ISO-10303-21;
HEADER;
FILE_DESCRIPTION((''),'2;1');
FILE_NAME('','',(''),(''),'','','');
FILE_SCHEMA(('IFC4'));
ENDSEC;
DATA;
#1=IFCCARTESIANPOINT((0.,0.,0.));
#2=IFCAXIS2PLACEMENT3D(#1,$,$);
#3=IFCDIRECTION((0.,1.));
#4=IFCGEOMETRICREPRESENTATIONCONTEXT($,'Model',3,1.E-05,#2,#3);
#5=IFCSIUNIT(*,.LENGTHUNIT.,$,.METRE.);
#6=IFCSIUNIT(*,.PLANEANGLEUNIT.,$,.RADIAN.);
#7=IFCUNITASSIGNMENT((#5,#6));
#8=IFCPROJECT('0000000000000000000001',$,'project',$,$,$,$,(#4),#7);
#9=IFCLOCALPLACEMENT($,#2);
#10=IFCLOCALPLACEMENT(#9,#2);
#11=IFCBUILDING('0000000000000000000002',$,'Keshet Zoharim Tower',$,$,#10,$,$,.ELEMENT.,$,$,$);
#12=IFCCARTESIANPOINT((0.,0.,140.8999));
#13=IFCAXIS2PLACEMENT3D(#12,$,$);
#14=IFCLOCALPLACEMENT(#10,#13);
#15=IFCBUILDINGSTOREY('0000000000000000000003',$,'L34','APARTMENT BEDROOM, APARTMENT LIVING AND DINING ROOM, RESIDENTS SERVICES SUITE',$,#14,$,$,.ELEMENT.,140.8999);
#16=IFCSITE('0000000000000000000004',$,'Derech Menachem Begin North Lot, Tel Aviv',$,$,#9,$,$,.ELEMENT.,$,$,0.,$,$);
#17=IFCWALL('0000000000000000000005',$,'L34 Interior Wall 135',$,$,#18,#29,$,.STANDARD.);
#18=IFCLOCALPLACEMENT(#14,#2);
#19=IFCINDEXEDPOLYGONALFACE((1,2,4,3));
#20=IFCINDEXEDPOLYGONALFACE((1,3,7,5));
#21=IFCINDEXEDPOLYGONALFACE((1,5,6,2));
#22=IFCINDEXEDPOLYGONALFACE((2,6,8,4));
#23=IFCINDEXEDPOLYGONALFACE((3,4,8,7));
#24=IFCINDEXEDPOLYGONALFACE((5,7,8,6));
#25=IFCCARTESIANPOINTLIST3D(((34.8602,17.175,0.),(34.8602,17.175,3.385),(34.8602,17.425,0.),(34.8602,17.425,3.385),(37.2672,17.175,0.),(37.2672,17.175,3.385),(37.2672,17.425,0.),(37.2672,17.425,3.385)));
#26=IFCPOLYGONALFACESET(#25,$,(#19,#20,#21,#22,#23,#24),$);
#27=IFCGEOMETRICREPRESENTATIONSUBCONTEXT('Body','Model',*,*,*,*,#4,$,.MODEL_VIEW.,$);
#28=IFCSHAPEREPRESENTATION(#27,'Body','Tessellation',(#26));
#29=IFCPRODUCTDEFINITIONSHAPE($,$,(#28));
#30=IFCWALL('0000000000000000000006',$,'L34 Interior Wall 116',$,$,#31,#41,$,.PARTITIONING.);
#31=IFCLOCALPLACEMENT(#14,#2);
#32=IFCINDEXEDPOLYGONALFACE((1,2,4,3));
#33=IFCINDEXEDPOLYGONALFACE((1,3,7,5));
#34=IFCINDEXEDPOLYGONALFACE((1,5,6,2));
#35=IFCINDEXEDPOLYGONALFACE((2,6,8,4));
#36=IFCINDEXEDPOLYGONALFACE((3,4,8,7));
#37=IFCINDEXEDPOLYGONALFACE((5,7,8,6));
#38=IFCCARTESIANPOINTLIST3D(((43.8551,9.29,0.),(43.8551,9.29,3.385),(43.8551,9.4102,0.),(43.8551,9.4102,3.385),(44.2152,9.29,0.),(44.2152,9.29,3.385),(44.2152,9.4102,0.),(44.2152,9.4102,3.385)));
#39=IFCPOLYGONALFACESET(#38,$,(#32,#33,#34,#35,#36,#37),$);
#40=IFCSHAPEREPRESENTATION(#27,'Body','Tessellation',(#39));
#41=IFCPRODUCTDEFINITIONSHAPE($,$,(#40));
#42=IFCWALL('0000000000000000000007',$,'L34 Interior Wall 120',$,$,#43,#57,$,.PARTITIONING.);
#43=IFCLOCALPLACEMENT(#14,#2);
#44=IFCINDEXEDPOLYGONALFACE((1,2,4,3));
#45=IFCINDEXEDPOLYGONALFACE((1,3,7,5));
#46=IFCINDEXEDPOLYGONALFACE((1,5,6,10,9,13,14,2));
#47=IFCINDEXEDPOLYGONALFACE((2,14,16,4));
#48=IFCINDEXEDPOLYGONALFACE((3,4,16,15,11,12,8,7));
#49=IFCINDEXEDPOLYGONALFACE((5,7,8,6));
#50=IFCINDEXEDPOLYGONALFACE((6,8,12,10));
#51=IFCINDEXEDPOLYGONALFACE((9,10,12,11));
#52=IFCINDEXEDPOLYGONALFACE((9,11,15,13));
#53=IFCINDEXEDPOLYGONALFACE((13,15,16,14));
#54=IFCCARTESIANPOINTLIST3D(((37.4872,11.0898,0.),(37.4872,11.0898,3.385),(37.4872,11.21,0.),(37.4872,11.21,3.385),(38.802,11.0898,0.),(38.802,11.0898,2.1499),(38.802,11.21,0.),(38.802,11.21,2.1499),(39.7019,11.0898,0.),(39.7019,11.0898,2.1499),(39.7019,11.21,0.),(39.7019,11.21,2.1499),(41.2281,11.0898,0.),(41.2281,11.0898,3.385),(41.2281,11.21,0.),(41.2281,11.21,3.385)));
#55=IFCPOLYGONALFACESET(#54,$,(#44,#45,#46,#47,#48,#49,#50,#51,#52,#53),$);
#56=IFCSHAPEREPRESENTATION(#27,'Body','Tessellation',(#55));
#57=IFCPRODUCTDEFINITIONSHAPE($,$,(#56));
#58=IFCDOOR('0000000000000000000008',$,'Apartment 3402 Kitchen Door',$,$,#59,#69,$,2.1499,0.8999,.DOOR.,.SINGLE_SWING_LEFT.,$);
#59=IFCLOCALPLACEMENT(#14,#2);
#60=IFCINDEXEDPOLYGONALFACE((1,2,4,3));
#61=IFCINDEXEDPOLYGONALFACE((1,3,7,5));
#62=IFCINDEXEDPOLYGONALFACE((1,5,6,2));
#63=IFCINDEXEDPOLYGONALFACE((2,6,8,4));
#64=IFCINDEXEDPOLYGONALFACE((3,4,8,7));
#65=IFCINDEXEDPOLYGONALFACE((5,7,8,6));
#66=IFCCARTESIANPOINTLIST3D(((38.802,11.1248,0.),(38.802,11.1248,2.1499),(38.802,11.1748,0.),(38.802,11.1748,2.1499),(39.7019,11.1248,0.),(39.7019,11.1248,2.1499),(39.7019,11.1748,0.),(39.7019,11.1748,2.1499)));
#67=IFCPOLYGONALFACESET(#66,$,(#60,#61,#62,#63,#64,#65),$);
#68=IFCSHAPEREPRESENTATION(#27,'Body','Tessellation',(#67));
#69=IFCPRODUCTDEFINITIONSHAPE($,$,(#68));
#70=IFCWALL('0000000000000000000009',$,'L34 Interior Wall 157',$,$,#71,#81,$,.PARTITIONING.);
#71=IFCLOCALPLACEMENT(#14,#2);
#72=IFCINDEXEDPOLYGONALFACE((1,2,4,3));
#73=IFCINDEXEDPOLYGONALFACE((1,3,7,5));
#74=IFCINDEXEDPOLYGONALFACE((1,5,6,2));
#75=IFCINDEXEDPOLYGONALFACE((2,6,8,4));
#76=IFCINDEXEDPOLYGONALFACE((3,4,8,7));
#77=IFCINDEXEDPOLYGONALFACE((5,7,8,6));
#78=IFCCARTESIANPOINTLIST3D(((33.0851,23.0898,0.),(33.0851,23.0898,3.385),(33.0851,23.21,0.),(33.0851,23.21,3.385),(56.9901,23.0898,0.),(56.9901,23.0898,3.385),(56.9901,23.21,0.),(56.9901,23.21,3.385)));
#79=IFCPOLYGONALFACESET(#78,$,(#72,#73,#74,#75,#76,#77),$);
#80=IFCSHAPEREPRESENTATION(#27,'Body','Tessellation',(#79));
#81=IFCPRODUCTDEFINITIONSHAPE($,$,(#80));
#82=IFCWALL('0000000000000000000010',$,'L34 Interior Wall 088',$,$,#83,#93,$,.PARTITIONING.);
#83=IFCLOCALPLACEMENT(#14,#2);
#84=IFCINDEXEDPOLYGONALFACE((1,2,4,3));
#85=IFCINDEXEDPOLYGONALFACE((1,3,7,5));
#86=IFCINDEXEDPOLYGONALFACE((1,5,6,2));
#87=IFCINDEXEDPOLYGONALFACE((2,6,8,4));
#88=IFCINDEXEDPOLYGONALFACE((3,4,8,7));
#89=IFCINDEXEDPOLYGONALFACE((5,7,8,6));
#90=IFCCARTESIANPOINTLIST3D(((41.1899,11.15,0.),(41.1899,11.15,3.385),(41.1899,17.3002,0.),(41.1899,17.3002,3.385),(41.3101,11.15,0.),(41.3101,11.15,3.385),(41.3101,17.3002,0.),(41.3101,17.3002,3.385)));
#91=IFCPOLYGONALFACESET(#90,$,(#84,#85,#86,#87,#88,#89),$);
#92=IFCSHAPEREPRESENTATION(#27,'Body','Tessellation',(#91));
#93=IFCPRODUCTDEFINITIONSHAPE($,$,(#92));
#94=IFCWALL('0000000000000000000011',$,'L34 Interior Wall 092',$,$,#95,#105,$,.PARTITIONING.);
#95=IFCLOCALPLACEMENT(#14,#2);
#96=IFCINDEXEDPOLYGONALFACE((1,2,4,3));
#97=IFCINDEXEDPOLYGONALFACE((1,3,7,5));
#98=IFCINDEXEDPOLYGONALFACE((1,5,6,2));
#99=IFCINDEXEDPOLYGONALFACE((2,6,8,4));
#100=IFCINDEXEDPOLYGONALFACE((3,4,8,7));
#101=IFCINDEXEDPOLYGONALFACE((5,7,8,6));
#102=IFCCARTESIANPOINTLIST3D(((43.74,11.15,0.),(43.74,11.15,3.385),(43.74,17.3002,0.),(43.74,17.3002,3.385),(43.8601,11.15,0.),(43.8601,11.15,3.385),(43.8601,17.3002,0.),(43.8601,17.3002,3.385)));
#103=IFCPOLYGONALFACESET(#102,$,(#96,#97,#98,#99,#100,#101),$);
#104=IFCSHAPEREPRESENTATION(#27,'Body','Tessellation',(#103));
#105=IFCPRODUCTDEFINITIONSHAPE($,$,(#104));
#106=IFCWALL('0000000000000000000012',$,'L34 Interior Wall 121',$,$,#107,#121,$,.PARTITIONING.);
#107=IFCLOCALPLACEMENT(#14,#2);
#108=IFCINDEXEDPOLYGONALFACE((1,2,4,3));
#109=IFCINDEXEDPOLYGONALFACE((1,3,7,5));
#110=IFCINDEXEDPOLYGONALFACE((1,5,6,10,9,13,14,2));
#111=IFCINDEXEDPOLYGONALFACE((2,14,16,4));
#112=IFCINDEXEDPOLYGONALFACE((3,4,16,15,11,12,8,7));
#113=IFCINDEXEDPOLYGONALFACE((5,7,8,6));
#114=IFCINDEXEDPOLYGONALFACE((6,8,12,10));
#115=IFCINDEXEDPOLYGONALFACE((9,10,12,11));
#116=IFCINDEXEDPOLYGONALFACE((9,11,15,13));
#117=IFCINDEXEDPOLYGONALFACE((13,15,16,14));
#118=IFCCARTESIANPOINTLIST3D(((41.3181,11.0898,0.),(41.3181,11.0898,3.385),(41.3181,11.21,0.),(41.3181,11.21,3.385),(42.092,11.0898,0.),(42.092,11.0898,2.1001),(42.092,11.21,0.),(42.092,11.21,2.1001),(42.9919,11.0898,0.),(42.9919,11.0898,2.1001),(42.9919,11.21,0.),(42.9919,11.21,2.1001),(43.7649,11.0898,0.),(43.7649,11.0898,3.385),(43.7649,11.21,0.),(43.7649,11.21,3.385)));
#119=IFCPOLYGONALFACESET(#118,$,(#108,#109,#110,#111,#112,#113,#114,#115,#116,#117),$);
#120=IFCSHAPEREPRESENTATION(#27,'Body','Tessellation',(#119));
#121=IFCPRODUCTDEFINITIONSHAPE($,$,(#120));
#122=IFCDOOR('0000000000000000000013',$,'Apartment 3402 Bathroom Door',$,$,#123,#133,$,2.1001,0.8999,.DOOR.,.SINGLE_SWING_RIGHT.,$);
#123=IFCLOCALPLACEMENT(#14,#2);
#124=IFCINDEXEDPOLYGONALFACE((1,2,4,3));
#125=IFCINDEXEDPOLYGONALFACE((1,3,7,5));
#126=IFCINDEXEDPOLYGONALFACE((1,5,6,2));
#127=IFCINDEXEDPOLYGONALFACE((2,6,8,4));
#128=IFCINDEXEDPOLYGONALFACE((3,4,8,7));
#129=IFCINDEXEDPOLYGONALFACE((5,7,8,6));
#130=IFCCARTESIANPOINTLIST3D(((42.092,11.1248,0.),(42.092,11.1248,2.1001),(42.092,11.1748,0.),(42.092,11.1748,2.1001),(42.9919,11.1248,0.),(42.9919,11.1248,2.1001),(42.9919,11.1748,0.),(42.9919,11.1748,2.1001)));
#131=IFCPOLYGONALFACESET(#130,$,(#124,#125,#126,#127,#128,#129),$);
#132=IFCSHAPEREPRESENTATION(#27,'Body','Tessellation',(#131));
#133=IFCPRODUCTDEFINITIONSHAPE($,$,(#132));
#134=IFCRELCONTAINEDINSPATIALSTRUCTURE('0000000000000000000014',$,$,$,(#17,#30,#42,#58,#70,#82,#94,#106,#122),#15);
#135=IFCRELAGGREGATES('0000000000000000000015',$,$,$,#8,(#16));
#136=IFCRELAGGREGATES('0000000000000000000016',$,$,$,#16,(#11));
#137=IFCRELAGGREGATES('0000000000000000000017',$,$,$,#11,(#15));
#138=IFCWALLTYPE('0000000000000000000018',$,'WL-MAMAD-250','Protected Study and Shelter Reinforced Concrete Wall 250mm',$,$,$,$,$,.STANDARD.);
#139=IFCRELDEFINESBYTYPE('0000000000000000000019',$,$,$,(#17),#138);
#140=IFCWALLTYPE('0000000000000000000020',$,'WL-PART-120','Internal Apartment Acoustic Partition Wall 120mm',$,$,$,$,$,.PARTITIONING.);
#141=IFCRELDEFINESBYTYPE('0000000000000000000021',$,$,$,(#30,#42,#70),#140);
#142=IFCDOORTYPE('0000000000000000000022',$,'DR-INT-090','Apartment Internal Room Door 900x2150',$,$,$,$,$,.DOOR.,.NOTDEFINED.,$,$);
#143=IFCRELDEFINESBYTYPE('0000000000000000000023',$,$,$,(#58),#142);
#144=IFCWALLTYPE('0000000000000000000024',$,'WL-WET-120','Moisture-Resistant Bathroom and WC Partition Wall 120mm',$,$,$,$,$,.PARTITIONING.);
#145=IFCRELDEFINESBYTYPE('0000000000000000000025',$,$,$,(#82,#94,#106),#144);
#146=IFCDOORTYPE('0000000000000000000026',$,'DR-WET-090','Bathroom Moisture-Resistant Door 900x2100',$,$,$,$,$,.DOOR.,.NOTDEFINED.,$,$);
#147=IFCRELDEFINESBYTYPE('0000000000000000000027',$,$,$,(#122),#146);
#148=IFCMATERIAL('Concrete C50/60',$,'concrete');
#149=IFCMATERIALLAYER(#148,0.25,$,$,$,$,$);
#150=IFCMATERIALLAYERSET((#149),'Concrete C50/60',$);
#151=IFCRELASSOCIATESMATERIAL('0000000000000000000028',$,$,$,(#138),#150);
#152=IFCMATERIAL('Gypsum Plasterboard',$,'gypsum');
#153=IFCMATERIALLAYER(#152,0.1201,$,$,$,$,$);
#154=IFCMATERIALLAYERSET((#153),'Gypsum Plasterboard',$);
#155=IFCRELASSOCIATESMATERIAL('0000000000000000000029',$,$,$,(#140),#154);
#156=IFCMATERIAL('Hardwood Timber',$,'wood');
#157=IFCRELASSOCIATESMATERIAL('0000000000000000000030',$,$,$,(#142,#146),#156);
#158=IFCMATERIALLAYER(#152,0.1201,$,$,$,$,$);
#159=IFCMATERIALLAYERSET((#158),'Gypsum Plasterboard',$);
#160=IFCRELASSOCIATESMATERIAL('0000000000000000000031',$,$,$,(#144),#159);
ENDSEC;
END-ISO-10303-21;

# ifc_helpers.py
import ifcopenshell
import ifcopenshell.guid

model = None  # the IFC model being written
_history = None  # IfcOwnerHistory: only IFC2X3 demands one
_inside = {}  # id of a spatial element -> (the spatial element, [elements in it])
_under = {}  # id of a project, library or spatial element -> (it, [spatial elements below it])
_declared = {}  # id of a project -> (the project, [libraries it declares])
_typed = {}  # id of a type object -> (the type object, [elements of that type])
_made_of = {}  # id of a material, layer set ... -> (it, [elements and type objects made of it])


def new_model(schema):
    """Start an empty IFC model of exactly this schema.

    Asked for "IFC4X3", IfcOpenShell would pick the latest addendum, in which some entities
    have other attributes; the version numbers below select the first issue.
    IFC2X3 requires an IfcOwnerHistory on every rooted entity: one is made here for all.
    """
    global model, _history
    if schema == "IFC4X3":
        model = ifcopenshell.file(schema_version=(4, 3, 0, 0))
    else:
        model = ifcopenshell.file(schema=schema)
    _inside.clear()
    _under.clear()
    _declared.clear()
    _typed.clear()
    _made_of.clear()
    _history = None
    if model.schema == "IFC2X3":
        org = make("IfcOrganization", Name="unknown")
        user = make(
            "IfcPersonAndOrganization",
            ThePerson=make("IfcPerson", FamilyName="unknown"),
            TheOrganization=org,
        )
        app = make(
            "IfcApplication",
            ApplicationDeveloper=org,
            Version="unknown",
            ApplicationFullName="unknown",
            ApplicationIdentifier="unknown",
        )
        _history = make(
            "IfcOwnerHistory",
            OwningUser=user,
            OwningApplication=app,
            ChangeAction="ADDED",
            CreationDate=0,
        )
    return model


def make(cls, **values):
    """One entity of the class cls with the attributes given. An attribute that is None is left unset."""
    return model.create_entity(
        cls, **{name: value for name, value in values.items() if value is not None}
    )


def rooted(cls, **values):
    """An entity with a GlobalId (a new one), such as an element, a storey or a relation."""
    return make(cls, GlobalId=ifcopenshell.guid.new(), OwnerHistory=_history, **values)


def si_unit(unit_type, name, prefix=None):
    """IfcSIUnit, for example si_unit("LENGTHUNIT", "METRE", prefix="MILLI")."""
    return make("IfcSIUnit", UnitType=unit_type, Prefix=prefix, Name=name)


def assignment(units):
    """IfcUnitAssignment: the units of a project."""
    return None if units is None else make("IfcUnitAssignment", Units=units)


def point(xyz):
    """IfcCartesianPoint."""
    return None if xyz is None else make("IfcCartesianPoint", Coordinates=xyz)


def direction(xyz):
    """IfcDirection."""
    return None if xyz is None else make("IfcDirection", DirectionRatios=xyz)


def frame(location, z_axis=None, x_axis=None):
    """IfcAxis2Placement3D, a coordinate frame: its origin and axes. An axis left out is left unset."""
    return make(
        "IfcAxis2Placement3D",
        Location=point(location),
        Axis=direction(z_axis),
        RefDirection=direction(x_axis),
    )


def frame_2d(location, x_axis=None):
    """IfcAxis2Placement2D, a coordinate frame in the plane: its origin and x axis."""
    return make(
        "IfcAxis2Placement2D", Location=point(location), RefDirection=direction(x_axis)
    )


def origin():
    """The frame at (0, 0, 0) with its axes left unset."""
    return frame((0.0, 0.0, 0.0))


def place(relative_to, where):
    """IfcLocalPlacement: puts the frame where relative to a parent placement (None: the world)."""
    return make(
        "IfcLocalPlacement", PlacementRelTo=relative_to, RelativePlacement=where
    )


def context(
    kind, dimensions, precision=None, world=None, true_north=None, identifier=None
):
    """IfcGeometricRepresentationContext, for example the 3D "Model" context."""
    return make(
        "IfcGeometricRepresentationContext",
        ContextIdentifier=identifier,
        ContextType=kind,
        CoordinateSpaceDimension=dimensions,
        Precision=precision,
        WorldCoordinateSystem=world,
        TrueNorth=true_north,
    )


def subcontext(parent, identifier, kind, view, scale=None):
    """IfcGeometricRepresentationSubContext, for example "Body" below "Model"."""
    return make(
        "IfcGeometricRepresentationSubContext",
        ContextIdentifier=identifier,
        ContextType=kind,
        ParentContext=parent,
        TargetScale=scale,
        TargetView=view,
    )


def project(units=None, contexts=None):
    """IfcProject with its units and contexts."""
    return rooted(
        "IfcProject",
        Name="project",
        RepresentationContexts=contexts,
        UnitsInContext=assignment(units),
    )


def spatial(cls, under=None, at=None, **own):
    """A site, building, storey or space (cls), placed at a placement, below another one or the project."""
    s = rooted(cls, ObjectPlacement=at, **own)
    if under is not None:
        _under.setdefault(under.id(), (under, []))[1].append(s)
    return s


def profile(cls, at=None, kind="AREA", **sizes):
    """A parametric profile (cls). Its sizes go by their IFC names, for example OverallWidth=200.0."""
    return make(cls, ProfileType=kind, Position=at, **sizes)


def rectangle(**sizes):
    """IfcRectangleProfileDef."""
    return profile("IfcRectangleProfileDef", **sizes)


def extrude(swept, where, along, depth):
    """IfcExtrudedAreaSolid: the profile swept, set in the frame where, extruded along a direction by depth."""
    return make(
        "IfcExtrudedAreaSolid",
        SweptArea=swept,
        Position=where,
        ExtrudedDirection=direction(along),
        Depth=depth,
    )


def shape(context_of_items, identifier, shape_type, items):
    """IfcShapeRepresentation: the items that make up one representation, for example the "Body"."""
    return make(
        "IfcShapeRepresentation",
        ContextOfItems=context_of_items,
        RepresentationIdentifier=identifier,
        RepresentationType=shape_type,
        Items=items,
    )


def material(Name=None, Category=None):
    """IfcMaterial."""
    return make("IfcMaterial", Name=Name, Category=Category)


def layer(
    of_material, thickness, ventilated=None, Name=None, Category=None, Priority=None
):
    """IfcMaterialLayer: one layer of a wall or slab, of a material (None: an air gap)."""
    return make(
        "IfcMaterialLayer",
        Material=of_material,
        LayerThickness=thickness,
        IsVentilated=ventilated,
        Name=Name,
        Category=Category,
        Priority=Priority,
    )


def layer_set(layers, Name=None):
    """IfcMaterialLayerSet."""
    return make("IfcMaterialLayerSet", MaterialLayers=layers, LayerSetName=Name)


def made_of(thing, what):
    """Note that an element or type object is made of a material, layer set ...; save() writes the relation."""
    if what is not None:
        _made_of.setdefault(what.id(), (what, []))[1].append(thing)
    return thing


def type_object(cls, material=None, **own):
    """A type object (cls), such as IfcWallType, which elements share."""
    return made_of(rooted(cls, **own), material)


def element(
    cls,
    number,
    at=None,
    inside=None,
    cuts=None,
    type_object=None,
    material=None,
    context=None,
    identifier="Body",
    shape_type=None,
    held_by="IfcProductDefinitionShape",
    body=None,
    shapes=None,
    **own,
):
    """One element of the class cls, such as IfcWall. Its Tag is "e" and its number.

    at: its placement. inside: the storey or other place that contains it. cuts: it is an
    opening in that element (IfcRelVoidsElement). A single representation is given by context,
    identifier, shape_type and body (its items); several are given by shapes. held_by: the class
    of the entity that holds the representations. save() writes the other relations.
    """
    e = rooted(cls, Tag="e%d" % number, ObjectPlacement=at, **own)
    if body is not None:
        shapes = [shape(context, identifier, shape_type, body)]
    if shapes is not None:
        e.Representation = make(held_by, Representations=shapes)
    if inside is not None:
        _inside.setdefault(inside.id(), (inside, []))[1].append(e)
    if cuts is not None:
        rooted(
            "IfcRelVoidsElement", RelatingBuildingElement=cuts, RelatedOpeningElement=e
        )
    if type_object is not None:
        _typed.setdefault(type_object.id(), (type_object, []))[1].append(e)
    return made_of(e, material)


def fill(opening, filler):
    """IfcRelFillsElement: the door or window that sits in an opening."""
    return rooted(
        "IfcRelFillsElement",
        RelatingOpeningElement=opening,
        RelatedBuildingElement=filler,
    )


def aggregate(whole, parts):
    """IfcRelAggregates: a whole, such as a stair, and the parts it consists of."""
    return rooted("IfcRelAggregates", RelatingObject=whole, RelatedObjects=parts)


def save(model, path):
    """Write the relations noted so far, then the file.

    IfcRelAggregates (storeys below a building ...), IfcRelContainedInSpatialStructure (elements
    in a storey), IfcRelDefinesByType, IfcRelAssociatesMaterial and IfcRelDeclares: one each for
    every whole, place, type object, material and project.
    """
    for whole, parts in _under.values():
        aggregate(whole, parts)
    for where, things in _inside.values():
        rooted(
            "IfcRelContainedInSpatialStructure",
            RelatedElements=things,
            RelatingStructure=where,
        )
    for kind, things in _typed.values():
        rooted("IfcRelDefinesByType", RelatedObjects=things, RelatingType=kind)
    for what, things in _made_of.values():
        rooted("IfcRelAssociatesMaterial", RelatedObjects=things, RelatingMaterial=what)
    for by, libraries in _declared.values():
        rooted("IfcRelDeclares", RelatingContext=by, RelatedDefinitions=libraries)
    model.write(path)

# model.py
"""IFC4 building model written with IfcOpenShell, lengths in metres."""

from ifc_helpers import new_model, si_unit, direction, frame, frame_2d, origin, place, context, subcontext, project, spatial, rectangle, extrude, material, layer, layer_set, type_object, element, fill, save


model = new_model("IFC4")

# Units and contexts
model_context = context("Model", 3, precision=1e-05, world=origin(), true_north=direction((0.0, 1.0)))
body_context = subcontext(model_context, "Body", "Model", "MODEL_VIEW")
ifc_project = project(units=[si_unit("LENGTHUNIT", "METRE"), si_unit("PLANEANGLEUNIT", "RADIAN")], contexts=[model_context])

# Site, building, storey
site_placement = place(None, origin())
site = spatial("IfcSite", under=ifc_project, at=site_placement, Name="Derech Menachem Begin North Lot, Tel Aviv", CompositionType="ELEMENT", RefElevation=0.0)
building_placement = place(site_placement, origin())
building = spatial("IfcBuilding", under=site, at=building_placement, Name="Keshet Zoharim Tower", CompositionType="ELEMENT")
storey_placement = place(building_placement, frame((0.0, 0.0, 140.8999)))
storey = spatial("IfcBuildingStorey", under=building, at=storey_placement, Name="L34", Description="APARTMENT BEDROOM, APARTMENT LIVING AND DINING ROOM, RESIDENTS SERVICES SUITE", CompositionType="ELEMENT", Elevation=140.8999)

# Shared definitions
ifc_material_1 = material(Name="Gypsum Plasterboard", Category="gypsum")
ifc_material_2 = material(Name="Hardwood Timber", Category="wood")

# Shared definitions
ifc_material_3 = material(Name="Concrete C50/60", Category="concrete")
ifc_layer_1 = layer(ifc_material_3, 0.25)
ifc_layer_set_1 = layer_set([ifc_layer_1], Name="Concrete C50/60")
wall_type_1 = type_object("IfcWallType", Name="WL-MAMAD-250", Description="Protected Study and Shelter Reinforced Concrete Wall 250mm", PredefinedType="STANDARD", material=ifc_layer_set_1)

# Walls
wall_1_placement = place(storey_placement, frame((34.8601, 17.3, 0.0), z_axis=(0.0, 0.0, 1.0), x_axis=(1.0, 0.0, 0.0)))
element("IfcWall", 1, at=wall_1_placement, inside=storey, type_object=wall_type_1, Name="L34 Interior Wall 135", PredefinedType="STANDARD", context=body_context, shape_type="SweptSolid", body=[
    extrude(rectangle(XDim=2.407, YDim=0.25, at=frame_2d((1.2036, 0.0))), origin(), (0.0, 0.0, 1.0), 3.385),
])
ifc_layer_2 = layer(ifc_material_1, 0.1201)
ifc_layer_set_2 = layer_set([ifc_layer_2], Name="Gypsum Plasterboard")
wall_type_2 = type_object("IfcWallType", Name="WL-PART-120", Description="Internal Apartment Acoustic Partition Wall 120mm", PredefinedType="PARTITIONING", material=ifc_layer_set_2)
wall_2_placement = place(storey_placement, frame((43.855, 9.3501, 0.0), z_axis=(0.0, 0.0, 1.0), x_axis=(1.0, 0.0, 0.0)))
element("IfcWall", 2, at=wall_2_placement, inside=storey, type_object=wall_type_2, Name="L34 Interior Wall 116", PredefinedType="PARTITIONING", context=body_context, shape_type="SweptSolid", body=[
    extrude(rectangle(XDim=0.3601, YDim=0.1201, at=frame_2d((0.1802, 0.0))), origin(), (0.0, 0.0, 1.0), 3.385),
])

# Wall, opening, door
wall_3_placement = place(storey_placement, frame((37.4871, 11.1499, 0.0), z_axis=(0.0, 0.0, 1.0), x_axis=(1.0, 0.0, 0.0)))
wall_3 = element("IfcWall", 3, at=wall_3_placement, inside=storey, type_object=wall_type_2, Name="L34 Interior Wall 120", PredefinedType="PARTITIONING", context=body_context, shape_type="SweptSolid", body=[
    extrude(rectangle(XDim=3.741, YDim=0.1201, at=frame_2d((1.8706, 0.0))), origin(), (0.0, 0.0, 1.0), 3.385),
])
opening_1_placement = place(wall_3_placement, frame((1.3149, 0.0, 0.0)))
opening_1 = element("IfcOpeningElement", 4, at=opening_1_placement, cuts=wall_3, PredefinedType="OPENING", context=body_context, shape_type="SweptSolid", body=[
    extrude(rectangle(XDim=0.8999, YDim=2.1499, at=frame_2d((0.45, 1.075))), frame((0.0, 0.0701, 0.0), z_axis=(0.0, -1.0, 0.0), x_axis=(1.0, 0.0, 0.0)), (0.0, 0.0, 1.0), 0.1401),
])
door_type_1 = type_object("IfcDoorType", Name="DR-INT-090", Description="Apartment Internal Room Door 900x2150", OperationType="NOTDEFINED", PredefinedType="DOOR", material=ifc_material_2)
door_1_placement = place(opening_1_placement, origin())
door_1 = element("IfcDoor", 5, at=door_1_placement, inside=storey, type_object=door_type_1, Name="Apartment 3402 Kitchen Door", OperationType="SINGLE_SWING_LEFT", OverallHeight=2.1499, OverallWidth=0.8999, PredefinedType="DOOR", context=body_context, shape_type="SweptSolid", body=[
    extrude(rectangle(XDim=0.8999, YDim=2.1499, at=frame_2d((0.45, 1.075))), frame((0.0, 0.0249, 0.0), z_axis=(0.0, -1.0, 0.0), x_axis=(1.0, 0.0, 0.0)), (0.0, 0.0, 1.0), 0.05),
])
fill(opening_1, door_1)

# Walls
wall_4_placement = place(storey_placement, frame((33.085, 23.1499, 0.0), z_axis=(0.0, 0.0, 1.0), x_axis=(1.0, 0.0, 0.0)))
element("IfcWall", 6, at=wall_4_placement, inside=storey, type_object=wall_type_2, Name="L34 Interior Wall 157", PredefinedType="PARTITIONING", context=body_context, shape_type="SweptSolid", body=[
    extrude(rectangle(XDim=23.905, YDim=0.1201, at=frame_2d((11.9526, 0.0))), origin(), (0.0, 0.0, 1.0), 3.385),
])
ifc_layer_3 = layer(ifc_material_1, 0.1201)
ifc_layer_set_3 = layer_set([ifc_layer_3], Name="Gypsum Plasterboard")
wall_type_3 = type_object("IfcWallType", Name="WL-WET-120", Description="Moisture-Resistant Bathroom and WC Partition Wall 120mm", PredefinedType="PARTITIONING", material=ifc_layer_set_3)
for number, where, z_axis, x_axis, name in (
    (7, (41.25, 11.1499, 0.0), (0.0, 0.0, 1.0), (0.0, 1.0, 0.0), "L34 Interior Wall 088"),
    (8, (43.8, 11.1499, 0.0), (0.0, 0.0, 1.0), (0.0, 1.0, 0.0), "L34 Interior Wall 092"),
):
    element("IfcWall", number, at=place(storey_placement, frame(where, z_axis=z_axis, x_axis=x_axis)), inside=storey, type_object=wall_type_3, Name=name, PredefinedType="PARTITIONING", context=body_context, shape_type="SweptSolid", body=[
        extrude(rectangle(XDim=6.1501, YDim=0.1201, at=frame_2d((3.0752, 0.0))), origin(), (0.0, 0.0, 1.0), 3.385),
    ])

# Wall, opening, door
wall_5_placement = place(storey_placement, frame((41.3181, 11.1499, 0.0), z_axis=(0.0, 0.0, 1.0), x_axis=(1.0, 0.0, 0.0)))
wall_5 = element("IfcWall", 9, at=wall_5_placement, inside=storey, type_object=wall_type_3, Name="L34 Interior Wall 121", PredefinedType="PARTITIONING", context=body_context, shape_type="SweptSolid", body=[
    extrude(rectangle(XDim=2.4468, YDim=0.1201, at=frame_2d((1.2234, 0.0))), origin(), (0.0, 0.0, 1.0), 3.385),
])
opening_2_placement = place(wall_5_placement, frame((0.7739, 0.0, 0.0)))
opening_2 = element("IfcOpeningElement", 10, at=opening_2_placement, cuts=wall_5, PredefinedType="OPENING", context=body_context, shape_type="SweptSolid", body=[
    extrude(rectangle(XDim=0.8999, YDim=2.1001, at=frame_2d((0.45, 1.05))), frame((0.0, 0.0701, 0.0), z_axis=(0.0, -1.0, 0.0), x_axis=(1.0, 0.0, 0.0)), (0.0, 0.0, 1.0), 0.1401),
])
door_type_2 = type_object("IfcDoorType", Name="DR-WET-090", Description="Bathroom Moisture-Resistant Door 900x2100", OperationType="NOTDEFINED", PredefinedType="DOOR", material=ifc_material_2)
door_2_placement = place(opening_2_placement, origin())
door_2 = element("IfcDoor", 11, at=door_2_placement, inside=storey, type_object=door_type_2, Name="Apartment 3402 Bathroom Door", OperationType="SINGLE_SWING_RIGHT", OverallHeight=2.1001, OverallWidth=0.8999, PredefinedType="DOOR", context=body_context, shape_type="SweptSolid", body=[
    extrude(rectangle(XDim=0.8999, YDim=2.1001, at=frame_2d((0.45, 1.05))), frame((0.0, 0.0249, 0.0), z_axis=(0.0, -1.0, 0.0), x_axis=(1.0, 0.0, 0.0)), (0.0, 0.0, 1.0), 0.05),
])
fill(opening_2, door_2)

save(model, "model.ifc")
